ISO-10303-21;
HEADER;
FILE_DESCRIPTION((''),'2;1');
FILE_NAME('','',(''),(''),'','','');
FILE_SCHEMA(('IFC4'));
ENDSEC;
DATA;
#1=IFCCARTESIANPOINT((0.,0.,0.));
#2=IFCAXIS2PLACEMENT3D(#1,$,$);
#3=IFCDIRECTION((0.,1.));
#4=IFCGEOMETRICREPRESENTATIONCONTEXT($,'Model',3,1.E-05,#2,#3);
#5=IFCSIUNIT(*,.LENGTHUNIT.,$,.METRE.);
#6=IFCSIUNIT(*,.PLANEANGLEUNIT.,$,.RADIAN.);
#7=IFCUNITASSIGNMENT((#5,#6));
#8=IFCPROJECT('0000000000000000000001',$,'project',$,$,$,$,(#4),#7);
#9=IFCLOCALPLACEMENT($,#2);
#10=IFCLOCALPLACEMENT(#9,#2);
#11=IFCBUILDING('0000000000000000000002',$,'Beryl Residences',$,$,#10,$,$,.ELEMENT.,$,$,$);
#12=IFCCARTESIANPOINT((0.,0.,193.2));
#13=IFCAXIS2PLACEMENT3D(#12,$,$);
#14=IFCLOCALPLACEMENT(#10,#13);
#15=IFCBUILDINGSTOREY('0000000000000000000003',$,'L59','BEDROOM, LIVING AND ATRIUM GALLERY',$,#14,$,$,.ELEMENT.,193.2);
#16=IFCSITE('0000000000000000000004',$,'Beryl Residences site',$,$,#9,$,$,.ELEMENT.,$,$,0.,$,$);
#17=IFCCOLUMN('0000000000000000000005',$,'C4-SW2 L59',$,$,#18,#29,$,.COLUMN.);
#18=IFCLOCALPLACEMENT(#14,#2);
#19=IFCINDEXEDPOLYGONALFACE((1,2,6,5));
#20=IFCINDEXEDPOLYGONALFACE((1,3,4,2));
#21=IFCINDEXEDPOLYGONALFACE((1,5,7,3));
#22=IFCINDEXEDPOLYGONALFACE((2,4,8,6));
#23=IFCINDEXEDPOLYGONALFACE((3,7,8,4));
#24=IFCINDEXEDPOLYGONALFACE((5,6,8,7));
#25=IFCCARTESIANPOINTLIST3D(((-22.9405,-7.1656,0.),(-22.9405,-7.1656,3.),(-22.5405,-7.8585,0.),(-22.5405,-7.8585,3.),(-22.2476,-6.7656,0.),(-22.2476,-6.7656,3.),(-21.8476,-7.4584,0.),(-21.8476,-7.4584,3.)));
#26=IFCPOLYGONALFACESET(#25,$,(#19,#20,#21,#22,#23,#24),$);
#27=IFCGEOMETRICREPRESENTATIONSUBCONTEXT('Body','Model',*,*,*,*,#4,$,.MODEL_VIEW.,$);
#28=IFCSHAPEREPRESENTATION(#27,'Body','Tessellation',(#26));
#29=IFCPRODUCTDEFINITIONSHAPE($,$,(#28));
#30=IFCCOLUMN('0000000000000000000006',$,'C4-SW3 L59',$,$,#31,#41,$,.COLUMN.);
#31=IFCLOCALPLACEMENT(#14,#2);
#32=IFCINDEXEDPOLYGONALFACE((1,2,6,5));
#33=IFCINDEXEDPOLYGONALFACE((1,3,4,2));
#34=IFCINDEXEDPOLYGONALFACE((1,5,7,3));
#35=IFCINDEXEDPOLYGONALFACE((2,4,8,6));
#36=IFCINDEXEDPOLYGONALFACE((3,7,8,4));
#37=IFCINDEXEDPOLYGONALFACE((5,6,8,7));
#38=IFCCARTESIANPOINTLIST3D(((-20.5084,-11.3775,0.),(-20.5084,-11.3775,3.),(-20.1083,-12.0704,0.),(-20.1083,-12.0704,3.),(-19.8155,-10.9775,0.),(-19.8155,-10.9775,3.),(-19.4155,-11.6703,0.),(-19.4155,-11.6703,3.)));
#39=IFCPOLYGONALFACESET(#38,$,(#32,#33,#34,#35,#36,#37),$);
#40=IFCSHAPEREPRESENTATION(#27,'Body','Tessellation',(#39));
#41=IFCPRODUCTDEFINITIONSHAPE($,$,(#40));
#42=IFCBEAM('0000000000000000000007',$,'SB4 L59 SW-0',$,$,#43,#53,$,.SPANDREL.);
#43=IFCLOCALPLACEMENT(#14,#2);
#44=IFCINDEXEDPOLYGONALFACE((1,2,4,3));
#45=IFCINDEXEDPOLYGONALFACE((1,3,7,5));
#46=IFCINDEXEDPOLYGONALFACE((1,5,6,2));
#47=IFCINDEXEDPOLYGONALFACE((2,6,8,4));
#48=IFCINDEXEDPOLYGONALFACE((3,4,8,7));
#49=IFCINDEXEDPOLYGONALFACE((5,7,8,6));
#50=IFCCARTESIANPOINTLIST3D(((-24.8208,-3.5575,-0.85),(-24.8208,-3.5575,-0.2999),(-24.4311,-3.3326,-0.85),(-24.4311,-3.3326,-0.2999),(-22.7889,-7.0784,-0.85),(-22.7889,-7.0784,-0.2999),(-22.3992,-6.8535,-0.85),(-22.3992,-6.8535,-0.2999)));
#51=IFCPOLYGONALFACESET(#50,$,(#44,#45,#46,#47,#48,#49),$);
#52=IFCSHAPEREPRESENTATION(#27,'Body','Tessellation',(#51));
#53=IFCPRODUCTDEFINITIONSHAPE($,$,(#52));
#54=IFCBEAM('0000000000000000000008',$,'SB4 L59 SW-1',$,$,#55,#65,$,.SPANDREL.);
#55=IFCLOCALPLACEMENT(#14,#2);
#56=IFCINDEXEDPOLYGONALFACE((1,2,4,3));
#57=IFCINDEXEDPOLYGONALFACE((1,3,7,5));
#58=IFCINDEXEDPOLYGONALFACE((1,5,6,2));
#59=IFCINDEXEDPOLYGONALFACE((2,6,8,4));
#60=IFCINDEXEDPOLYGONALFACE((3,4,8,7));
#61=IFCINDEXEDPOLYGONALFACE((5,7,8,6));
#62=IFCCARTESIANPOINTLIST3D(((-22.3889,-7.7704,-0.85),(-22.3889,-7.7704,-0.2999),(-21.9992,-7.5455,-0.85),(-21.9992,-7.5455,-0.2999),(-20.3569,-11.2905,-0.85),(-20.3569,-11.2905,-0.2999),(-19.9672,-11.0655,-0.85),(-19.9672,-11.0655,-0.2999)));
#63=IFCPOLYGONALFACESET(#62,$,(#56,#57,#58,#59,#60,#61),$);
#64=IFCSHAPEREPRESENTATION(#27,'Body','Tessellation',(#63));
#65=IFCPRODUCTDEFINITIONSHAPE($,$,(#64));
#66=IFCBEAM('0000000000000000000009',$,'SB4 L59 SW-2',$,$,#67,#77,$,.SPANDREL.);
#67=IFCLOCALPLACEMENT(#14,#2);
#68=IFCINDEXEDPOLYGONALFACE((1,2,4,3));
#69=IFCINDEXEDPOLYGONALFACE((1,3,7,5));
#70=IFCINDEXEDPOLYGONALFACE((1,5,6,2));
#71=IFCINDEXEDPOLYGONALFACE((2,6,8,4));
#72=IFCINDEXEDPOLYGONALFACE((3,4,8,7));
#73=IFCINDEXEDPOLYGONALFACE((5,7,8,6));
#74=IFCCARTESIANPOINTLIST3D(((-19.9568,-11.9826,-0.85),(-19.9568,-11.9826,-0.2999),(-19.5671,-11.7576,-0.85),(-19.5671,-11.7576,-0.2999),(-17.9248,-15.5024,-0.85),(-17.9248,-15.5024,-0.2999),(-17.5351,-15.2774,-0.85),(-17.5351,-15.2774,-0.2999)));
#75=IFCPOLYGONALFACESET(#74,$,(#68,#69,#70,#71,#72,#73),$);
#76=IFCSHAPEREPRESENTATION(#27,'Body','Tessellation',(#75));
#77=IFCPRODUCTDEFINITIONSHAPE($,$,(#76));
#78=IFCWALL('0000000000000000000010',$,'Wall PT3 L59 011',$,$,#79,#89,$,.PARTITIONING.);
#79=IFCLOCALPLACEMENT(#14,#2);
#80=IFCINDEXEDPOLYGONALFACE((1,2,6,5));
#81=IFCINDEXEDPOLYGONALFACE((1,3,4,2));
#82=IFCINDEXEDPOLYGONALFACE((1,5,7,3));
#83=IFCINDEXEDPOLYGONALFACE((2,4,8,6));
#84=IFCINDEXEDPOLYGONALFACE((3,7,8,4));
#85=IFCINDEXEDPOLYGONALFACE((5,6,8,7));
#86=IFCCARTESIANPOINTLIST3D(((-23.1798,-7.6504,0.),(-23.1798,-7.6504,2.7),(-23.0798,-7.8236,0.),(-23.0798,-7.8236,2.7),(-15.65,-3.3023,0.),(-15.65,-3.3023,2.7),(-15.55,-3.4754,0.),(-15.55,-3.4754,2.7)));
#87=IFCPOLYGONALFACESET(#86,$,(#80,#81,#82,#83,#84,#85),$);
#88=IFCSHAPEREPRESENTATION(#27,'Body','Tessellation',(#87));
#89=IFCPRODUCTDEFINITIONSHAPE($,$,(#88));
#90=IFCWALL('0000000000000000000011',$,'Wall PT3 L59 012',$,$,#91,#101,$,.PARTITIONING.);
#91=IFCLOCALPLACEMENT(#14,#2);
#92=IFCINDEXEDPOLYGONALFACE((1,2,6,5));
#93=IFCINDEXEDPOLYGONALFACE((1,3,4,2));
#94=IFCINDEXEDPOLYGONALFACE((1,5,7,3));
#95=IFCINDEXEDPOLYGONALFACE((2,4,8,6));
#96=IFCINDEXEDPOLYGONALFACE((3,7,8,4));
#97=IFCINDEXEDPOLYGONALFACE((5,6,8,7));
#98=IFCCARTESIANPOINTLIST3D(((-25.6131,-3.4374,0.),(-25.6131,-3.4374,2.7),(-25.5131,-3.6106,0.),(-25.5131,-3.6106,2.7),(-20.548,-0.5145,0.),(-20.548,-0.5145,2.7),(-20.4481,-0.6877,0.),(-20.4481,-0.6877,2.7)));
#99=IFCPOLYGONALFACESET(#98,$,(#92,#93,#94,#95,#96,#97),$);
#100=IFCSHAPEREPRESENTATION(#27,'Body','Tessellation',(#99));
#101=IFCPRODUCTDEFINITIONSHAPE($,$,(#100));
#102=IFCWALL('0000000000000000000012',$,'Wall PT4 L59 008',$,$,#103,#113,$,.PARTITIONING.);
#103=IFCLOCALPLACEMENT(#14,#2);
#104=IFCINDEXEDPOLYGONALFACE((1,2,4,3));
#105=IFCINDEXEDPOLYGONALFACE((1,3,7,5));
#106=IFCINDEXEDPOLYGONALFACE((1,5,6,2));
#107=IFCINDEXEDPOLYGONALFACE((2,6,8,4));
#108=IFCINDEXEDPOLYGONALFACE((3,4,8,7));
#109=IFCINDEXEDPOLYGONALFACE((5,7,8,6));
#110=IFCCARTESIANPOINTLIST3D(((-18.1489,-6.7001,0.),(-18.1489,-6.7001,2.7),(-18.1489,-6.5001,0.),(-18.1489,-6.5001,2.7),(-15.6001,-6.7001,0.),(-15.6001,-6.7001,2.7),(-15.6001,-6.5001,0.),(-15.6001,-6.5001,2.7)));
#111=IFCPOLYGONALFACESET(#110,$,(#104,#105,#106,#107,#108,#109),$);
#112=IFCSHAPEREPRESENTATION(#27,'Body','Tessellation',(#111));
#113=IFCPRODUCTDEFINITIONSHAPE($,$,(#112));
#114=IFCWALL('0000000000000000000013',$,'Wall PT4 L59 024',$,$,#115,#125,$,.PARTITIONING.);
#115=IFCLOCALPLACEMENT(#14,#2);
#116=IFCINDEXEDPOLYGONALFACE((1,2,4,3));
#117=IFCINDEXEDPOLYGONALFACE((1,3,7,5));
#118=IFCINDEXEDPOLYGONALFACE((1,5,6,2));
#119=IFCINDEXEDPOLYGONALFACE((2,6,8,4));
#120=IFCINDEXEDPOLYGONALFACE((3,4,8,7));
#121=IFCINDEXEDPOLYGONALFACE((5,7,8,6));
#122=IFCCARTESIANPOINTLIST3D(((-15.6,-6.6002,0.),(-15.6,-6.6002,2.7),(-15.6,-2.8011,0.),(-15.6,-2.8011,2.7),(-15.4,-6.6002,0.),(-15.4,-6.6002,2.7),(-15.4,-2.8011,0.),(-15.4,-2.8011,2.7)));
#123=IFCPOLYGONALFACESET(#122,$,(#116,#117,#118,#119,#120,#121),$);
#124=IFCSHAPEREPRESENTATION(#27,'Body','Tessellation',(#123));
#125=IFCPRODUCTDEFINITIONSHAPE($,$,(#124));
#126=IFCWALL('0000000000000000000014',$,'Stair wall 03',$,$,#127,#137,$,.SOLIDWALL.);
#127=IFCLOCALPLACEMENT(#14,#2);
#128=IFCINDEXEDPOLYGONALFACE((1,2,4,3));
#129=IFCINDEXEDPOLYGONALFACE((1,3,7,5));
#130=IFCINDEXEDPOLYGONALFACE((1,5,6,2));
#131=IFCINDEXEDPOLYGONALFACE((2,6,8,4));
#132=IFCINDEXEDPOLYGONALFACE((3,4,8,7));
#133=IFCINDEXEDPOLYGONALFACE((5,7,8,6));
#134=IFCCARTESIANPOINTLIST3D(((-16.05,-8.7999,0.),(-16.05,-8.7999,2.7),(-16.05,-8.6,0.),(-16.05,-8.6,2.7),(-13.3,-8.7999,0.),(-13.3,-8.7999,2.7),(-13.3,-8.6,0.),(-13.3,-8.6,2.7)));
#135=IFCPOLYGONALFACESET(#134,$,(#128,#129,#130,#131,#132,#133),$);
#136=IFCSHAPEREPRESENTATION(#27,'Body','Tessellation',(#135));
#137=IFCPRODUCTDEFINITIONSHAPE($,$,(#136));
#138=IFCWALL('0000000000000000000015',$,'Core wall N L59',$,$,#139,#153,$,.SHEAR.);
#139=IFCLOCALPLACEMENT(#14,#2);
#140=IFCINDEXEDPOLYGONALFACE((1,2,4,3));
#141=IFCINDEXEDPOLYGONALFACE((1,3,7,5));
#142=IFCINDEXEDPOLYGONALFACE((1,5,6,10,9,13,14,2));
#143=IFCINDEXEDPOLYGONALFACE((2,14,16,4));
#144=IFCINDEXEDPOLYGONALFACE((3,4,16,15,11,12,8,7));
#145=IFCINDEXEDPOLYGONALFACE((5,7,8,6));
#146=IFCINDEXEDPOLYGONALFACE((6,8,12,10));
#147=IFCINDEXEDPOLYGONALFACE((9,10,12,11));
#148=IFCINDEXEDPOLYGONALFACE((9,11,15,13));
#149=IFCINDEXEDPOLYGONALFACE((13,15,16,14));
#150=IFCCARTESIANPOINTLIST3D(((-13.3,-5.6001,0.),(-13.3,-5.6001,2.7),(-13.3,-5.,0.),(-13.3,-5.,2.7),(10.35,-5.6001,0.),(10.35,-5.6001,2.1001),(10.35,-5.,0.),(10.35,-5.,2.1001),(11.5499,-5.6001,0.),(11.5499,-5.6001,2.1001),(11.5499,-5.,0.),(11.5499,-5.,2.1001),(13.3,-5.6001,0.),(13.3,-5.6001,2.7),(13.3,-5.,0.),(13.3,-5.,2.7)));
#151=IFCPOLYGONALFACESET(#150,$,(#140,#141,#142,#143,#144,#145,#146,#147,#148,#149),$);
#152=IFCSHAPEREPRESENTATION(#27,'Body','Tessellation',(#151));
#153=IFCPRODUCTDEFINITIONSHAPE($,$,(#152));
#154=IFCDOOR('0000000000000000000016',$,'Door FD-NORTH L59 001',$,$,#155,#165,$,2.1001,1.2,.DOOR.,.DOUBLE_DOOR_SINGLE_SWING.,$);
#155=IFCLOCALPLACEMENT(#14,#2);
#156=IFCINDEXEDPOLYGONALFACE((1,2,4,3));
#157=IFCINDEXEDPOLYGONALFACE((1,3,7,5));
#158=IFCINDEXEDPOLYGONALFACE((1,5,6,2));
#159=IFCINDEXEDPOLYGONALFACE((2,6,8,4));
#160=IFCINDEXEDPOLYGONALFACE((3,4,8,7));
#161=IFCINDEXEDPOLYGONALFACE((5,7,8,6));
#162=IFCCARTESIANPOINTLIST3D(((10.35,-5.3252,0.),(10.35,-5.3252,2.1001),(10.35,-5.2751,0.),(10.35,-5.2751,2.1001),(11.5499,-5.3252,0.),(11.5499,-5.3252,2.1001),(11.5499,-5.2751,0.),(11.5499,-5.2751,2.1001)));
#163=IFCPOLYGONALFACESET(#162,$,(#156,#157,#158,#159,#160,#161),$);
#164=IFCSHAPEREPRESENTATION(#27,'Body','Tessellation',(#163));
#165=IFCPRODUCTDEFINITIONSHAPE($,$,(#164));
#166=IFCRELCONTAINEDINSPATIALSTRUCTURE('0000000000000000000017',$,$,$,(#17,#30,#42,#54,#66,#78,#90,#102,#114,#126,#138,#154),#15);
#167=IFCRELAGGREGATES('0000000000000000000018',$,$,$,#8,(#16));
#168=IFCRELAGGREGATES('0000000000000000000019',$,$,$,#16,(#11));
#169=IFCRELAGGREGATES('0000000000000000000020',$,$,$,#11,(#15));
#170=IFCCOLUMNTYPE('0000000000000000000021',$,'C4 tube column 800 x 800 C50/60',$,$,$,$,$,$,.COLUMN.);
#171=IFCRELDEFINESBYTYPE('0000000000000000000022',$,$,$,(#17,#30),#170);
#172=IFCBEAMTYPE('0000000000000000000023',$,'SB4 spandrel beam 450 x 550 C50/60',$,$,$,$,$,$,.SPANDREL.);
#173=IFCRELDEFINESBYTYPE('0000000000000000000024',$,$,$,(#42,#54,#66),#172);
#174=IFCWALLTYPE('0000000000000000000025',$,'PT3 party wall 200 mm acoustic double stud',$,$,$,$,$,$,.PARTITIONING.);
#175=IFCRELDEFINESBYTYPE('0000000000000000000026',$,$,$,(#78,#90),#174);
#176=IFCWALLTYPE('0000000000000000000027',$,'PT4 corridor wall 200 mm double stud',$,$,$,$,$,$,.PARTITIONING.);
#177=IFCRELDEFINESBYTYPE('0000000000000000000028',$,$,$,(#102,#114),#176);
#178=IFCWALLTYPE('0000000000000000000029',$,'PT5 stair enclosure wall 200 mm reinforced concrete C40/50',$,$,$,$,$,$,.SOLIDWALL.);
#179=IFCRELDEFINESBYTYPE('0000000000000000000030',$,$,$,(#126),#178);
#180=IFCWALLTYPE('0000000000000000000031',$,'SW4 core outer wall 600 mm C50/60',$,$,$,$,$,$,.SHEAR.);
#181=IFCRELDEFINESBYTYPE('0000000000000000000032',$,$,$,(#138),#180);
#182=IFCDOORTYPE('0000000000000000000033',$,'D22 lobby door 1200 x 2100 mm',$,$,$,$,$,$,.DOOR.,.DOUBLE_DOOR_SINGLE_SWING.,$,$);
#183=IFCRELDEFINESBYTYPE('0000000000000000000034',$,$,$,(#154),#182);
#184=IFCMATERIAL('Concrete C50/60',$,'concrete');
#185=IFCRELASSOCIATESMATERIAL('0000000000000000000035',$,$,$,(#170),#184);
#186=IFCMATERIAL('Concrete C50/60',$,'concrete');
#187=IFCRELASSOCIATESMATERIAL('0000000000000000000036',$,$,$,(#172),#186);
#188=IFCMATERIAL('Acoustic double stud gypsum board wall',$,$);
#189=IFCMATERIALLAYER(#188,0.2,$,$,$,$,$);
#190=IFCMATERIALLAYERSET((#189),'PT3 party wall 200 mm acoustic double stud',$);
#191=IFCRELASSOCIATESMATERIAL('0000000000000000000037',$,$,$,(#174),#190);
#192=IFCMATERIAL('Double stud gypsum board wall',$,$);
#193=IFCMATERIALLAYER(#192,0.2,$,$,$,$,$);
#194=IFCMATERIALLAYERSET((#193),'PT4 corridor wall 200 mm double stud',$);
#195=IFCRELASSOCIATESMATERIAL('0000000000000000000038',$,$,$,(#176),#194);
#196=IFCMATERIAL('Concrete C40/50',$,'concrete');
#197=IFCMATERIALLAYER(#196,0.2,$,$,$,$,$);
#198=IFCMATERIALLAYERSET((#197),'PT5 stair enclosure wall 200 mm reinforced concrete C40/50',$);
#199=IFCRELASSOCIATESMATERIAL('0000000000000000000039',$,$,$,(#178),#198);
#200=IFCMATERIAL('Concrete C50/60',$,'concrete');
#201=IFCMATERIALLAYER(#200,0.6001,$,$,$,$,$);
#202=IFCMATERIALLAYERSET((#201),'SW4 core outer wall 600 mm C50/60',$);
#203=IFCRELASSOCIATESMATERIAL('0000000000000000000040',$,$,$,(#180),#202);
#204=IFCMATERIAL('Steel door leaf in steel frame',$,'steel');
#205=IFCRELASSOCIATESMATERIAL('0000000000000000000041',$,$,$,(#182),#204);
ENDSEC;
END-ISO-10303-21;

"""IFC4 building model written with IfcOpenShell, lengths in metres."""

from ifc_helpers import new_model, si_unit, direction, frame, frame_2d, origin, origin_2d, place, context, subcontext, project, spatial, rectangle, extrude, material, layer, layer_set, material_profile, profile_set, type_object, element, fill, save


model = new_model("IFC4")

# Units and contexts
model_context = context("Model", 3, precision=1e-05, world=origin(), true_north=direction((0.0, 1.0)))
body_context = subcontext(model_context, "Body", "Model", "MODEL_VIEW")
ifc_project = project(units=[si_unit("LENGTHUNIT", "METRE"), si_unit("PLANEANGLEUNIT", "RADIAN")], contexts=[model_context])

# Site, building, storey
site_placement = place(None, origin())
site = spatial("IfcSite", under=ifc_project, at=site_placement, Name="Beryl Residences site", CompositionType="ELEMENT", RefElevation=0.0)
building_placement = place(site_placement, origin())
building = spatial("IfcBuilding", under=site, at=building_placement, Name="Beryl Residences", CompositionType="ELEMENT")
storey_placement = place(building_placement, frame((0.0, 0.0, 193.2)))
storey = spatial("IfcBuildingStorey", under=building, at=storey_placement, Name="L59", Description="BEDROOM, LIVING AND ATRIUM GALLERY", CompositionType="ELEMENT", Elevation=193.2)

# Columns
ifc_material_1 = material(Name="Concrete C50/60", Category="concrete")
ifc_material_profile_1 = material_profile(ifc_material_1, rectangle(XDim=0.8, YDim=0.8, at=origin_2d()))
ifc_profile_set_1 = profile_set([ifc_material_profile_1], Name="Concrete C50/60")
column_type = type_object("IfcColumnType", Name="C4 tube column 800 x 800 C50/60", PredefinedType="COLUMN", material=ifc_profile_set_1)
for number, where, z_axis, x_axis, name in (
    (1, (-22.394, -7.312, 0.0), (0.0, 0.0, 1.0), (0.5, -0.866025, 0.0), "C4-SW2 L59"),
    (2, (-19.9619, -11.5239, 0.0), (0.0, 0.0, 1.0), (0.5, -0.866025, 0.0), "C4-SW3 L59"),
):
    element("IfcColumn", number, at=place(storey_placement, frame(where, z_axis=z_axis, x_axis=x_axis)), inside=storey, type_object=column_type, Name=name, PredefinedType="COLUMN", context=body_context, shape_type="SweptSolid", body=[
        extrude(rectangle(XDim=0.8, YDim=0.8, at=origin_2d()), origin(), (0.0, 0.0, 1.0), 3.0),
    ])

# Beams
ifc_material_2 = material(Name="Concrete C50/60", Category="concrete")
ifc_material_profile_2 = material_profile(ifc_material_2, rectangle(XDim=0.45, YDim=0.55, at=origin_2d()))
ifc_profile_set_2 = profile_set([ifc_material_profile_2], Name="Concrete C50/60")
beam_type = type_object("IfcBeamType", Name="SB4 spandrel beam 450 x 550 C50/60", PredefinedType="SPANDREL", material=ifc_profile_set_2)
beam_1_placement = place(storey_placement, frame((-24.626, -3.4451, -0.575), z_axis=(0.49984, -0.866118, 0.0), x_axis=(0.866118, 0.49984, 0.0)))
element("IfcBeam", 3, at=beam_1_placement, inside=storey, type_object=beam_type, Name="SB4 L59 SW-0", PredefinedType="SPANDREL", context=body_context, shape_type="SweptSolid", body=[
    extrude(rectangle(XDim=0.45, YDim=0.55, at=origin_2d()), origin(), (0.0, 0.0, 1.0), 4.0652),
])
beam_2_placement = place(storey_placement, frame((-22.1941, -7.658, -0.575), z_axis=(0.499944, -0.866058, 0.0), x_axis=(0.866058, 0.499944, 0.0)))
element("IfcBeam", 4, at=beam_2_placement, inside=storey, type_object=beam_type, Name="SB4 L59 SW-1", PredefinedType="SPANDREL", context=body_context, shape_type="SweptSolid", body=[
    extrude(rectangle(XDim=0.45, YDim=0.55, at=origin_2d()), origin(), (0.0, 0.0, 1.0), 4.0645),
])
beam_3_placement = place(storey_placement, frame((-19.762, -11.8701, -0.575), z_axis=(0.49997, -0.866043, 0.0), x_axis=(0.866043, 0.49997, 0.0)))
element("IfcBeam", 5, at=beam_3_placement, inside=storey, type_object=beam_type, Name="SB4 L59 SW-2", PredefinedType="SPANDREL", context=body_context, shape_type="SweptSolid", body=[
    extrude(rectangle(XDim=0.45, YDim=0.55, at=origin_2d()), origin(), (0.0, 0.0, 1.0), 4.0642),
])

# Walls
ifc_material_3 = material(Name="Acoustic double stud gypsum board wall")
ifc_layer_1 = layer(ifc_material_3, 0.2)
ifc_layer_set_1 = layer_set([ifc_layer_1], Name="PT3 party wall 200 mm acoustic double stud")
wall_type_1 = type_object("IfcWallType", Name="PT3 party wall 200 mm acoustic double stud", PredefinedType="PARTITIONING", material=ifc_layer_set_1)
wall_1_placement = place(storey_placement, frame((-23.1299, -7.7371, 0.0), z_axis=(0.0, 0.0, 1.0), x_axis=(0.865985, 0.500071, 0.0)))
element("IfcWall", 6, at=wall_1_placement, inside=storey, type_object=wall_type_1, Name="Wall PT3 L59 011", PredefinedType="PARTITIONING", context=body_context, shape_type="SweptSolid", body=[
    extrude(rectangle(XDim=8.6951, YDim=0.2, at=frame_2d((4.3477, 0.0))), origin(), (0.0, 0.0, 1.0), 2.7),
])
wall_2_placement = place(storey_placement, frame((-25.563, -3.5239, 0.0), z_axis=(0.0, 0.0, 1.0), x_axis=(0.866129, 0.499821, 0.0)))
element("IfcWall", 7, at=wall_2_placement, inside=storey, type_object=wall_type_1, Name="Wall PT3 L59 012", PredefinedType="PARTITIONING", context=body_context, shape_type="SweptSolid", body=[
    extrude(rectangle(XDim=5.8479, YDim=0.2, at=frame_2d((2.9238, 0.0))), origin(), (0.0, 0.0, 1.0), 2.7),
])
ifc_material_4 = material(Name="Double stud gypsum board wall")
ifc_layer_2 = layer(ifc_material_4, 0.2)
ifc_layer_set_2 = layer_set([ifc_layer_2], Name="PT4 corridor wall 200 mm double stud")
wall_type_2 = type_object("IfcWallType", Name="PT4 corridor wall 200 mm double stud", PredefinedType="PARTITIONING", material=ifc_layer_set_2)
wall_3_placement = place(storey_placement, frame((-18.1489, -6.6001, 0.0), z_axis=(0.0, 0.0, 1.0), x_axis=(1.0, 0.0, 0.0)))
element("IfcWall", 8, at=wall_3_placement, inside=storey, type_object=wall_type_2, Name="Wall PT4 L59 008", PredefinedType="PARTITIONING", context=body_context, shape_type="SweptSolid", body=[
    extrude(rectangle(XDim=2.5488, YDim=0.2, at=frame_2d((1.2744, 0.0))), origin(), (0.0, 0.0, 1.0), 2.7),
])
wall_4_placement = place(storey_placement, frame((-15.5, -6.6001, 0.0), z_axis=(0.0, 0.0, 1.0), x_axis=(0.0, 1.0, 0.0)))
element("IfcWall", 9, at=wall_4_placement, inside=storey, type_object=wall_type_2, Name="Wall PT4 L59 024", PredefinedType="PARTITIONING", context=body_context, shape_type="SweptSolid", body=[
    extrude(rectangle(XDim=3.7991, YDim=0.2, at=frame_2d((1.8994, 0.0))), origin(), (0.0, 0.0, 1.0), 2.7),
])
ifc_material_5 = material(Name="Concrete C40/50", Category="concrete")
ifc_layer_3 = layer(ifc_material_5, 0.2)
ifc_layer_set_3 = layer_set([ifc_layer_3], Name="PT5 stair enclosure wall 200 mm reinforced concrete C40/50")
wall_type_3 = type_object("IfcWallType", Name="PT5 stair enclosure wall 200 mm reinforced concrete C40/50", PredefinedType="SOLIDWALL", material=ifc_layer_set_3)
wall_5_placement = place(storey_placement, frame((-16.05, -8.7, 0.0), z_axis=(0.0, 0.0, 1.0), x_axis=(1.0, 0.0, 0.0)))
element("IfcWall", 10, at=wall_5_placement, inside=storey, type_object=wall_type_3, Name="Stair wall 03", PredefinedType="SOLIDWALL", context=body_context, shape_type="SweptSolid", body=[
    extrude(rectangle(XDim=2.75, YDim=0.2, at=frame_2d((1.375, 0.0))), origin(), (0.0, 0.0, 1.0), 2.7),
])

# Wall, opening, door
ifc_material_6 = material(Name="Concrete C50/60", Category="concrete")
ifc_layer_4 = layer(ifc_material_6, 0.6001)
ifc_layer_set_4 = layer_set([ifc_layer_4], Name="SW4 core outer wall 600 mm C50/60")
wall_type_4 = type_object("IfcWallType", Name="SW4 core outer wall 600 mm C50/60", PredefinedType="SHEAR", material=ifc_layer_set_4)
wall_6_placement = place(storey_placement, frame((-13.3, -5.3, 0.0), z_axis=(0.0, 0.0, 1.0), x_axis=(1.0, 0.0, 0.0)))
wall_6 = element("IfcWall", 11, at=wall_6_placement, inside=storey, type_object=wall_type_4, Name="Core wall N L59", PredefinedType="SHEAR", context=body_context, shape_type="SweptSolid", body=[
    extrude(rectangle(XDim=26.6001, YDim=0.6001, at=frame_2d((13.3, 0.0))), origin(), (0.0, 0.0, 1.0), 2.7),
])
opening_placement = place(wall_6_placement, frame((23.6499, 0.0, 0.0)))
opening = element("IfcOpeningElement", 12, at=opening_placement, cuts=wall_6, PredefinedType="OPENING", context=body_context, shape_type="SweptSolid", body=[
    extrude(rectangle(XDim=1.2, YDim=2.1001, at=frame_2d((0.6001, 1.05))), frame((0.0, 0.3101, 0.0), z_axis=(0.0, -1.0, 0.0), x_axis=(1.0, 0.0, 0.0)), (0.0, 0.0, 1.0), 0.6201),
])
ifc_material_7 = material(Name="Steel door leaf in steel frame", Category="steel")
door_type = type_object("IfcDoorType", Name="D22 lobby door 1200 x 2100 mm", OperationType="DOUBLE_DOOR_SINGLE_SWING", PredefinedType="DOOR", material=ifc_material_7)
door_placement = place(opening_placement, origin())
door = element("IfcDoor", 13, at=door_placement, inside=storey, type_object=door_type, Name="Door FD-NORTH L59 001", OperationType="DOUBLE_DOOR_SINGLE_SWING", OverallHeight=2.1001, OverallWidth=1.2, PredefinedType="DOOR", context=body_context, shape_type="SweptSolid", body=[
    extrude(rectangle(XDim=1.2, YDim=2.1001, at=frame_2d((0.6001, 1.05))), frame((0.0, 0.0249, 0.0), z_axis=(0.0, -1.0, 0.0), x_axis=(1.0, 0.0, 0.0)), (0.0, 0.0, 1.0), 0.05),
])
fill(opening, door)

save(model, "model.ifc")
